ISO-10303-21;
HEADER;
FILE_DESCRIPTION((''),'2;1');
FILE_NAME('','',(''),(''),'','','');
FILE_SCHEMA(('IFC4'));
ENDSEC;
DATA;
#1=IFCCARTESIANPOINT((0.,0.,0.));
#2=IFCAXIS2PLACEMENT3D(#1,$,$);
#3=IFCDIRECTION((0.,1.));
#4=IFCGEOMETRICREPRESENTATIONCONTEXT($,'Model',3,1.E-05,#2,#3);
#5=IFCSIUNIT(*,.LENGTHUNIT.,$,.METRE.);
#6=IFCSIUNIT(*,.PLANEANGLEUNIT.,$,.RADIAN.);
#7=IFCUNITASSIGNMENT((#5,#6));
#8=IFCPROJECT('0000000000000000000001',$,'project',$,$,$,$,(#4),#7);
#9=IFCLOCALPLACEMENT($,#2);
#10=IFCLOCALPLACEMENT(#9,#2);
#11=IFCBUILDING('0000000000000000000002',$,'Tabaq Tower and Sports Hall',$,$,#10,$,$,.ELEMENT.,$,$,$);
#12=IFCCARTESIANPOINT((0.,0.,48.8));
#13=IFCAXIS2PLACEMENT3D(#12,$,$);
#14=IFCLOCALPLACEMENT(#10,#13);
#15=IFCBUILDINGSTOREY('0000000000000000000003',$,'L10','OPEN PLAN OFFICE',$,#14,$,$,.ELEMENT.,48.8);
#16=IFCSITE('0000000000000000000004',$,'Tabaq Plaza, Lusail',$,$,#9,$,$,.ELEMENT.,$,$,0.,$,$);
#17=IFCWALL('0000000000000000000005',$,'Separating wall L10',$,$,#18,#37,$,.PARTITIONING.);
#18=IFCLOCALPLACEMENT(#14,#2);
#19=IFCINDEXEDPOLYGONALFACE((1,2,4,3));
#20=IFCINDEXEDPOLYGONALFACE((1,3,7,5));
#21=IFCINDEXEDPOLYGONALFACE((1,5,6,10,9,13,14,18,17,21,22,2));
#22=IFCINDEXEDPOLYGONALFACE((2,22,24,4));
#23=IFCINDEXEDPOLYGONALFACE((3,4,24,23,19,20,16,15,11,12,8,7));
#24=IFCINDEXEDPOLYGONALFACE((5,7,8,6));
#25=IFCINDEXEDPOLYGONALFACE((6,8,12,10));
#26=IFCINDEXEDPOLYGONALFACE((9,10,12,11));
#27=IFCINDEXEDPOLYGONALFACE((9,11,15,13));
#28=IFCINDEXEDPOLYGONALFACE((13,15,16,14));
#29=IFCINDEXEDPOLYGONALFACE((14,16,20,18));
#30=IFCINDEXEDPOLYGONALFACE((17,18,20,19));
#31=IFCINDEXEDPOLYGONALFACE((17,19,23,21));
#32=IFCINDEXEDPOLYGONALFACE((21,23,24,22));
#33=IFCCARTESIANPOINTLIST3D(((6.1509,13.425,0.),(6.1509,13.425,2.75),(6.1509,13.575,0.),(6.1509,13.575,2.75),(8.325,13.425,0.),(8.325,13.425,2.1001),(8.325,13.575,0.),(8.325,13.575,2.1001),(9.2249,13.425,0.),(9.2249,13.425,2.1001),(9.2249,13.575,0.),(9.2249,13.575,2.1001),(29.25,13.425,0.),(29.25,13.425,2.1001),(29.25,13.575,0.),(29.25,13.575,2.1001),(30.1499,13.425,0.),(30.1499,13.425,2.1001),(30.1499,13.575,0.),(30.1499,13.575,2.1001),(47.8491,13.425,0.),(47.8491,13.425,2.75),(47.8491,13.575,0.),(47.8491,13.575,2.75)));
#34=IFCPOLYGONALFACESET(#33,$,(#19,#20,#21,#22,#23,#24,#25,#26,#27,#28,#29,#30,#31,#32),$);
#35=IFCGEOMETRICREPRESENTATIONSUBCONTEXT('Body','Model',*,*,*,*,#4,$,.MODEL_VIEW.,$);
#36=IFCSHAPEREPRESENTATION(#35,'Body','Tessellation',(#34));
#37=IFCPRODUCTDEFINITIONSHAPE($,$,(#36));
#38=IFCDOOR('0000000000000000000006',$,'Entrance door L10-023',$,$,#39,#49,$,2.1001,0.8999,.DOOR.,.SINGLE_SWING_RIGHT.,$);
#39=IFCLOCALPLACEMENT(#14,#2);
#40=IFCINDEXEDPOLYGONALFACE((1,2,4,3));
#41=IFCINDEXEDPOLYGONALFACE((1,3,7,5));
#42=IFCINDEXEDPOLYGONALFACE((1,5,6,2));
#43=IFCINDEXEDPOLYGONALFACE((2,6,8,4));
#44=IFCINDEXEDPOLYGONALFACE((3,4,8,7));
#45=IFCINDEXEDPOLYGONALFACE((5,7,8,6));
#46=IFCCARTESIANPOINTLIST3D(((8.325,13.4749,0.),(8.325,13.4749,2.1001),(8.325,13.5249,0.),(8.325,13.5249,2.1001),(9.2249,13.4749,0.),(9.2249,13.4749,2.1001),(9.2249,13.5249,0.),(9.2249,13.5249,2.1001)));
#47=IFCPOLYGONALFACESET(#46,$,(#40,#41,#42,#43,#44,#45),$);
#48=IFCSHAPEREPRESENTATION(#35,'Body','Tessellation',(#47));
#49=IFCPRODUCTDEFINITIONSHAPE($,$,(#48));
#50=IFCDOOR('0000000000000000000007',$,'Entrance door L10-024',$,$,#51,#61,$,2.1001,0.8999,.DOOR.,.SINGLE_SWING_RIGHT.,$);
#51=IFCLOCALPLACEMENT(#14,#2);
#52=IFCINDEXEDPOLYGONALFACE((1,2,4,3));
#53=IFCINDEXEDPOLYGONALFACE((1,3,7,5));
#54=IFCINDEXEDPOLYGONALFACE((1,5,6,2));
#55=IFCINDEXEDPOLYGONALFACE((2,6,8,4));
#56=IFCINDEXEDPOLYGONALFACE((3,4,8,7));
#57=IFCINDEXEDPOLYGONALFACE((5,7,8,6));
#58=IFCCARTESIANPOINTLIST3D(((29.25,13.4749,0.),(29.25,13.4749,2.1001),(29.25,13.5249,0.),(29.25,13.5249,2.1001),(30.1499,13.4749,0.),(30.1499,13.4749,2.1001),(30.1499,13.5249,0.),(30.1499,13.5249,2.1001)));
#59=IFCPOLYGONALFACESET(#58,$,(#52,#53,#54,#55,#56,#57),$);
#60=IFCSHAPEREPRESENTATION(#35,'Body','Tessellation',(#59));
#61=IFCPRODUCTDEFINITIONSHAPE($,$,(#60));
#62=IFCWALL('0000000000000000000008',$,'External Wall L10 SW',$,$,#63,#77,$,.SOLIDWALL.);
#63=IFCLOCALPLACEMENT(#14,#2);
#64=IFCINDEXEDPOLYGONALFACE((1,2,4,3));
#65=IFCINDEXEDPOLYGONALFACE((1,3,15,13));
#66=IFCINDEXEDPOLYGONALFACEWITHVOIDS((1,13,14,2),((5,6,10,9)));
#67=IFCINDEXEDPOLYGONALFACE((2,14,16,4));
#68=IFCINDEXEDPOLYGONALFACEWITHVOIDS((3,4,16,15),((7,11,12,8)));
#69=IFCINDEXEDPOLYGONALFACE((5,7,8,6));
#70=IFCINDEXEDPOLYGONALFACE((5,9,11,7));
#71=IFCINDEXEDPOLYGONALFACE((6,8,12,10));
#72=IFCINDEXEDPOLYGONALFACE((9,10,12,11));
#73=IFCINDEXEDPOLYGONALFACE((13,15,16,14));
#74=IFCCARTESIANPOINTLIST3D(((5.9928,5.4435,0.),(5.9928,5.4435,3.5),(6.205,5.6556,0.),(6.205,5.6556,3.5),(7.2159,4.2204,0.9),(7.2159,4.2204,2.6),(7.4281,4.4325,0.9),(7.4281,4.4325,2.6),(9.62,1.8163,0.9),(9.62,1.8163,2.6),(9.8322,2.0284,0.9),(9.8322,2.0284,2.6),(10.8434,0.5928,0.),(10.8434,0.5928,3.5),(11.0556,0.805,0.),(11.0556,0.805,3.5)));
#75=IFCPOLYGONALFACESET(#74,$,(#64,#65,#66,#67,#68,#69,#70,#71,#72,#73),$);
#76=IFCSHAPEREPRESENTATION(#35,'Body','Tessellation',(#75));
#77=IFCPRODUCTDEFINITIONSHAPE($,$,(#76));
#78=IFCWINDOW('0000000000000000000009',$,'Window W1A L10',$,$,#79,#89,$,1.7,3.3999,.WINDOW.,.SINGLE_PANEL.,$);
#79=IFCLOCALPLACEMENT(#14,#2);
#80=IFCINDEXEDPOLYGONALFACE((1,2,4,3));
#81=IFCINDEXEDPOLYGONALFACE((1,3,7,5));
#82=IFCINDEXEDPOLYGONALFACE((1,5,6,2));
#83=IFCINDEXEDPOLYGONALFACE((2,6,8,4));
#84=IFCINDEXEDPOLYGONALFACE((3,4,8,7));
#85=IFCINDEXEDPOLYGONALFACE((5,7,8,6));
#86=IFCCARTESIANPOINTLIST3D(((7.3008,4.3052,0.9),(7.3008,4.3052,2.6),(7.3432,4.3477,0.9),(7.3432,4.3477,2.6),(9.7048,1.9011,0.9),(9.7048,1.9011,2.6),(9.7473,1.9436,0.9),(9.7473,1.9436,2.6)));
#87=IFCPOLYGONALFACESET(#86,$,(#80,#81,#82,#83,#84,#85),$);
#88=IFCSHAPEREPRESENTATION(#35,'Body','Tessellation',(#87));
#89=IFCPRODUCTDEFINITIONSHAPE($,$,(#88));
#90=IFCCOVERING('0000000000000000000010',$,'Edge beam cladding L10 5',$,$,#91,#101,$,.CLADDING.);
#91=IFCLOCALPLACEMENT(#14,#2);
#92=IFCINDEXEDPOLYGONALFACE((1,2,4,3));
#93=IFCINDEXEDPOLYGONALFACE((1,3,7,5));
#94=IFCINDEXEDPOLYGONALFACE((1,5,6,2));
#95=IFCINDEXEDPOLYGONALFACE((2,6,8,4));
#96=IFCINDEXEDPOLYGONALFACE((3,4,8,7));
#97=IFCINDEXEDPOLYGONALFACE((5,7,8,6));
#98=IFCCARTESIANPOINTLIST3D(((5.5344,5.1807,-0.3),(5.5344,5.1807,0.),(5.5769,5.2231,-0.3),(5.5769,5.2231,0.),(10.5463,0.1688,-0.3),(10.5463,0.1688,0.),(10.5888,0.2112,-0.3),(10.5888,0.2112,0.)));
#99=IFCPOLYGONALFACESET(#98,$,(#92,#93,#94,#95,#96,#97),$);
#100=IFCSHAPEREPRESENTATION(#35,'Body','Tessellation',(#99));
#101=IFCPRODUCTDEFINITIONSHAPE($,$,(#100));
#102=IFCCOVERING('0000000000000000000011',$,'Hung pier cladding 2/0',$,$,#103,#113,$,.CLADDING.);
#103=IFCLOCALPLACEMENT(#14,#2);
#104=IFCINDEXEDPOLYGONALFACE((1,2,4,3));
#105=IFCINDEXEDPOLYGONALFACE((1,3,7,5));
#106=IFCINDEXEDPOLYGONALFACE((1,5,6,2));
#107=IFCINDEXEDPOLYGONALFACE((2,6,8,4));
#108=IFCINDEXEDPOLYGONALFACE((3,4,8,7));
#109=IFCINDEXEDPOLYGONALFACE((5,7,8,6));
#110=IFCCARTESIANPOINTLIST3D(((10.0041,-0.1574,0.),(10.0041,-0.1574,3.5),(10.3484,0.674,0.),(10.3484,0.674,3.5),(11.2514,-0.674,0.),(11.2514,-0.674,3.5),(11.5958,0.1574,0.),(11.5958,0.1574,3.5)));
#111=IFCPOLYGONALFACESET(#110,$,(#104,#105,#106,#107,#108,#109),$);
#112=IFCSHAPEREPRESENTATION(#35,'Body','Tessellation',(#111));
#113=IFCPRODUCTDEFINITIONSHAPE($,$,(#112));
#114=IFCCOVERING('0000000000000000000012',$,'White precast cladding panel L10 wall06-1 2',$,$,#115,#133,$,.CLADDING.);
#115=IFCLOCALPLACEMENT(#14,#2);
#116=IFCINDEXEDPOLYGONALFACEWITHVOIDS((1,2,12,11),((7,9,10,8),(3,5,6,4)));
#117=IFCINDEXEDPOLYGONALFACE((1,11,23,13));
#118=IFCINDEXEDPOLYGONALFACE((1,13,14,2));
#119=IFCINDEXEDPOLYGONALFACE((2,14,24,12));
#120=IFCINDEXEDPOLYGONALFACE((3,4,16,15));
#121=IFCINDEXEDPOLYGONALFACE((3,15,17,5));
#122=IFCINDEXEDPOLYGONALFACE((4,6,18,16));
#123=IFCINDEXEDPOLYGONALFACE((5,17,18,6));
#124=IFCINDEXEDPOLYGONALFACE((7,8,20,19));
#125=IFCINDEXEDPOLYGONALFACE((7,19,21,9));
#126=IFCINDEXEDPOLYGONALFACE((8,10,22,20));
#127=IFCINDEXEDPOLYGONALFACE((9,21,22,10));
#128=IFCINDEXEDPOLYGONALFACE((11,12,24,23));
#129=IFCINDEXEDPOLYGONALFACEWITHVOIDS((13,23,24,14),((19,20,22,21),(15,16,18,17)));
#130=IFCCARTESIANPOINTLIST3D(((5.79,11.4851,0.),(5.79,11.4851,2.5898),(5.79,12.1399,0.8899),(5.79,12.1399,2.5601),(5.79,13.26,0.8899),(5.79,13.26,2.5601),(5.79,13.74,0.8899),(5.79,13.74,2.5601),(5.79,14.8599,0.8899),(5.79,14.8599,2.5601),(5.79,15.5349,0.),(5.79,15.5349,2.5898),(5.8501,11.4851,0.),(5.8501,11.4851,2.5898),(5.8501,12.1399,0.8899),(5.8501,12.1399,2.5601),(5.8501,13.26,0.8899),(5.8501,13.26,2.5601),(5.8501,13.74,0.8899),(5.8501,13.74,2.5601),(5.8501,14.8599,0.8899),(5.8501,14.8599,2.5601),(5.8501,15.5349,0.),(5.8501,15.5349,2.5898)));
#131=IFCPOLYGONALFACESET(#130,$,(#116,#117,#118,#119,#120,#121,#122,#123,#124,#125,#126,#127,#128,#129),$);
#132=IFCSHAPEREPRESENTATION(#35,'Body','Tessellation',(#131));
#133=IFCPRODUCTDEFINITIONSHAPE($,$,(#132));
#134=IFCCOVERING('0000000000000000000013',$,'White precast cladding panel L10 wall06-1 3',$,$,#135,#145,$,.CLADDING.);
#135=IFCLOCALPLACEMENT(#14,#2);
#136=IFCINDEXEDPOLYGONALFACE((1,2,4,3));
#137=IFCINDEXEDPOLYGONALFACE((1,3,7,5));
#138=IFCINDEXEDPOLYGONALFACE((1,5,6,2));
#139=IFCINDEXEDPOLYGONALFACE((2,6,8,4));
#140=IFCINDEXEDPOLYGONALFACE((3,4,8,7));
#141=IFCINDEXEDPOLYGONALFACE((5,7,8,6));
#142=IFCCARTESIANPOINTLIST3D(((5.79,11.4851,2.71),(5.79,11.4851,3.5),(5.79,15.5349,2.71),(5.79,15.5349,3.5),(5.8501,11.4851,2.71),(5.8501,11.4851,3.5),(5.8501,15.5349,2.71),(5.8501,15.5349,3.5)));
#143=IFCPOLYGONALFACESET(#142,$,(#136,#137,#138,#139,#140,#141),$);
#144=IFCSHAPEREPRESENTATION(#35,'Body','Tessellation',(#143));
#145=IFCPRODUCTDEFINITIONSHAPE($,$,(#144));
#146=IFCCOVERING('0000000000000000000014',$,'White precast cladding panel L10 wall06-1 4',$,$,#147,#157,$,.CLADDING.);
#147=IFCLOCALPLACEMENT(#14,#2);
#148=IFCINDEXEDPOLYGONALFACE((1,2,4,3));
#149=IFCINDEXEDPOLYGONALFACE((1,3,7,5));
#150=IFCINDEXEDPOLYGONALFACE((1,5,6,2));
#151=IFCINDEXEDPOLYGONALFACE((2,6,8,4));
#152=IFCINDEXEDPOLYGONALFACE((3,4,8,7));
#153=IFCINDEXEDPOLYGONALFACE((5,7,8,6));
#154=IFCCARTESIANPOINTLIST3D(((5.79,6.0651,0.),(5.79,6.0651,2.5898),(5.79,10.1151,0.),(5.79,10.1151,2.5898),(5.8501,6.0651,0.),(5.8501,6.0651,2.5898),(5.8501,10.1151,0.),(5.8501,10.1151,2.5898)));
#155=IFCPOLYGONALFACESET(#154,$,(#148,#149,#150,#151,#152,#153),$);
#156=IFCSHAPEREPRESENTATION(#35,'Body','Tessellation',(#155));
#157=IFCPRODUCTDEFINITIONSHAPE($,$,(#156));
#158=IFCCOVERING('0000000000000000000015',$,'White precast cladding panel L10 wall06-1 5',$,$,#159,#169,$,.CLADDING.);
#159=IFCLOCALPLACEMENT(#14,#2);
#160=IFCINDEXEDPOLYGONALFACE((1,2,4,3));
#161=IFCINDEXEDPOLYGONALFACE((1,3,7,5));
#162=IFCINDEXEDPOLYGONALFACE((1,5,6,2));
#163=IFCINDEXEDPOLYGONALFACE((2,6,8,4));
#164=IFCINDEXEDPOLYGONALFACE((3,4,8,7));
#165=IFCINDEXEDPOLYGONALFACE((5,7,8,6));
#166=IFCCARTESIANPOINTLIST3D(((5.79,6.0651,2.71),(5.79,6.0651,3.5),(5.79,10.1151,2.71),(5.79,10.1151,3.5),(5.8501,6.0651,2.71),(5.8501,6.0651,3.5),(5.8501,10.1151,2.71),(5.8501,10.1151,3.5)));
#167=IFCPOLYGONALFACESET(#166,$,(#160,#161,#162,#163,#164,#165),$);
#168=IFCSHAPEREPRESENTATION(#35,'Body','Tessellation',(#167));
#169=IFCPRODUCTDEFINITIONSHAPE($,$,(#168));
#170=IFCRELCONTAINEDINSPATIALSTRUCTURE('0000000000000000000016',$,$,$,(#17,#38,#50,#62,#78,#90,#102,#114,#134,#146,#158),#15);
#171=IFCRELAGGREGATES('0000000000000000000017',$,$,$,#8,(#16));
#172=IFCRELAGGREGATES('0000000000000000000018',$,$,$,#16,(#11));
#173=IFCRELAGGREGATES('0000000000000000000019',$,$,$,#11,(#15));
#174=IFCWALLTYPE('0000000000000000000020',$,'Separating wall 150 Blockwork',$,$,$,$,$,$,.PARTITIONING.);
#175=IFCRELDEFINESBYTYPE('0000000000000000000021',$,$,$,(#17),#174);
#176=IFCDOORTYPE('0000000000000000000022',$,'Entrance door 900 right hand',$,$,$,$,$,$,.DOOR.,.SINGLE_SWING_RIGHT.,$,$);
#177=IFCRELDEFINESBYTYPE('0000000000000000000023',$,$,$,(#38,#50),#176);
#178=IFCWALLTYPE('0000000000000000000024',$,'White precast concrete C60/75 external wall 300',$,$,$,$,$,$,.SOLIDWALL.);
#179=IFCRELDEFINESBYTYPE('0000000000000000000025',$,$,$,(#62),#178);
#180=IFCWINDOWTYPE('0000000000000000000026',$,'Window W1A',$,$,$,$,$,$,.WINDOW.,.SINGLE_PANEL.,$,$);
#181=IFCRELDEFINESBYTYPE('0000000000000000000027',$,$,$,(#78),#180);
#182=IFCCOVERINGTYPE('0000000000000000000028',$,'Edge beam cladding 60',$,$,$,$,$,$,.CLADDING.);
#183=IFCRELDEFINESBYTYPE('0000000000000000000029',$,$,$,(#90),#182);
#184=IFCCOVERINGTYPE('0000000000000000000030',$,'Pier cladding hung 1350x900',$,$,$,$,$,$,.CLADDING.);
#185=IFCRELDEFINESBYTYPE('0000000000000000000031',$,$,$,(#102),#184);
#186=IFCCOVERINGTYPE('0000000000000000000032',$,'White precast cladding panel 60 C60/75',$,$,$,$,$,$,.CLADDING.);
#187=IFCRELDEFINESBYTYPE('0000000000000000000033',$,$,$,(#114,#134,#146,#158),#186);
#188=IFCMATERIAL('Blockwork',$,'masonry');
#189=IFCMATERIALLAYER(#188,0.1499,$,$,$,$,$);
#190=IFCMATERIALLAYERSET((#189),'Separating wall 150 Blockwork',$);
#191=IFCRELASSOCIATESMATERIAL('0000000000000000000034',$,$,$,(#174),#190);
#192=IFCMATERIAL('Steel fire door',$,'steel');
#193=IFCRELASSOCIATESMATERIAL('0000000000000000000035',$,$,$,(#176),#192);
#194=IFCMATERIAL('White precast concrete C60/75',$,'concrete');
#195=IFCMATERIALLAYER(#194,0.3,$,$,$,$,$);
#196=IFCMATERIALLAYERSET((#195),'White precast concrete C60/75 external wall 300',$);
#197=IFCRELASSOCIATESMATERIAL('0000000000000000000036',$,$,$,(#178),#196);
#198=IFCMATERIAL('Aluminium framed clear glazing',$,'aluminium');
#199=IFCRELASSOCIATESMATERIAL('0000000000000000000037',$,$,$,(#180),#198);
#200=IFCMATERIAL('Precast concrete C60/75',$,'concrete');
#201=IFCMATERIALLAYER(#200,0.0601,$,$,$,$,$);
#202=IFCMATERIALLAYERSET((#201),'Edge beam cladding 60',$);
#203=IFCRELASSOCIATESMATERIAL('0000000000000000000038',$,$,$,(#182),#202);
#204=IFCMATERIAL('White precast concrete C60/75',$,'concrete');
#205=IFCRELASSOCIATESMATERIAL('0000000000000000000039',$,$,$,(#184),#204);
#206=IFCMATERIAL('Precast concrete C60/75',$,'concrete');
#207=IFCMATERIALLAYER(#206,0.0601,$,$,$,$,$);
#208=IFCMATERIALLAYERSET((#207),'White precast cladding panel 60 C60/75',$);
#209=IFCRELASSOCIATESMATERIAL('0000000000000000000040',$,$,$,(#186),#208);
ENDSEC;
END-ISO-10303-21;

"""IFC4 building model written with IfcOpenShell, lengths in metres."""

from ifc_helpers import new_model, si_unit, direction, frame, frame_2d, origin, place, context, subcontext, project, spatial, polyline, rectangle, outline, extrude, material, layer, layer_set, type_object, element, fill, save


model = new_model("IFC4")

# Units and contexts
model_context = context("Model", 3, precision=1e-05, world=origin(), true_north=direction((0.0, 1.0)))
body_context = subcontext(model_context, "Body", "Model", "MODEL_VIEW")
ifc_project = project(units=[si_unit("LENGTHUNIT", "METRE"), si_unit("PLANEANGLEUNIT", "RADIAN")], contexts=[model_context])

# Site, building, storey
site_placement = place(None, origin())
site = spatial("IfcSite", under=ifc_project, at=site_placement, Name="Tabaq Plaza, Lusail", CompositionType="ELEMENT", RefElevation=0.0)
building_placement = place(site_placement, origin())
building = spatial("IfcBuilding", under=site, at=building_placement, Name="Tabaq Tower and Sports Hall", CompositionType="ELEMENT")
storey_placement = place(building_placement, frame((0.0, 0.0, 48.8)))
storey = spatial("IfcBuildingStorey", under=building, at=storey_placement, Name="L10", Description="OPEN PLAN OFFICE", CompositionType="ELEMENT", Elevation=48.8)

# Wall, openings, doors
ifc_material_1 = material(Name="Blockwork", Category="masonry")
ifc_layer_1 = layer(ifc_material_1, 0.1499)
ifc_layer_set_1 = layer_set([ifc_layer_1], Name="Separating wall 150 Blockwork")
wall_type_1 = type_object("IfcWallType", Name="Separating wall 150 Blockwork", PredefinedType="PARTITIONING", material=ifc_layer_set_1)
wall_1_placement = place(storey_placement, frame((6.1509, 13.5, 0.0), z_axis=(0.0, 0.0, 1.0), x_axis=(1.0, 0.0, 0.0)))
wall_1 = element("IfcWall", 1, at=wall_1_placement, inside=storey, type_object=wall_type_1, Name="Separating wall L10", PredefinedType="PARTITIONING", context=body_context, shape_type="SweptSolid", body=[
    extrude(rectangle(XDim=41.6982, YDim=0.1499, at=frame_2d((20.8491, 0.0))), origin(), (0.0, 0.0, 1.0), 2.75),
])
opening_1_placement = place(wall_1_placement, frame((2.1741, 0.0, 0.0)))
opening_1 = element("IfcOpeningElement", 2, at=opening_1_placement, cuts=wall_1, PredefinedType="OPENING", context=body_context, shape_type="SweptSolid", body=[
    extrude(rectangle(XDim=0.8999, YDim=2.1001, at=frame_2d((0.45, 1.05))), frame((0.0, 0.075, 0.0), z_axis=(0.0, -1.0, 0.0), x_axis=(1.0, 0.0, 0.0)), (0.0, 0.0, 1.0), 0.1499),
])
opening_2_placement = place(wall_1_placement, frame((23.0991, 0.0, 0.0)))
opening_2 = element("IfcOpeningElement", 3, at=opening_2_placement, cuts=wall_1, PredefinedType="OPENING", context=body_context, shape_type="SweptSolid", body=[
    extrude(rectangle(XDim=0.8999, YDim=2.1001, at=frame_2d((0.45, 1.05))), frame((0.0, 0.075, 0.0), z_axis=(0.0, -1.0, 0.0), x_axis=(1.0, 0.0, 0.0)), (0.0, 0.0, 1.0), 0.1499),
])
ifc_material_2 = material(Name="Steel fire door", Category="steel")
door_type_1 = type_object("IfcDoorType", Name="Entrance door 900 right hand", OperationType="SINGLE_SWING_RIGHT", PredefinedType="DOOR", material=ifc_material_2)
door_1_placement = place(opening_1_placement, origin())
door_1 = element("IfcDoor", 4, at=door_1_placement, inside=storey, type_object=door_type_1, Name="Entrance door L10-023", OperationType="SINGLE_SWING_RIGHT", OverallHeight=2.1001, OverallWidth=0.8999, PredefinedType="DOOR", context=body_context, shape_type="SweptSolid", body=[
    extrude(rectangle(XDim=0.8999, YDim=2.1001, at=frame_2d((0.45, 1.05))), frame((0.0, 0.0249, 0.0), z_axis=(0.0, -1.0, 0.0), x_axis=(1.0, 0.0, 0.0)), (0.0, 0.0, 1.0), 0.05),
])
fill(opening_1, door_1)
door_2_placement = place(opening_2_placement, origin())
door_2 = element("IfcDoor", 5, at=door_2_placement, inside=storey, type_object=door_type_1, Name="Entrance door L10-024", OperationType="SINGLE_SWING_RIGHT", OverallHeight=2.1001, OverallWidth=0.8999, PredefinedType="DOOR", context=body_context, shape_type="SweptSolid", body=[
    extrude(rectangle(XDim=0.8999, YDim=2.1001, at=frame_2d((0.45, 1.05))), frame((0.0, 0.0249, 0.0), z_axis=(0.0, -1.0, 0.0), x_axis=(1.0, 0.0, 0.0)), (0.0, 0.0, 1.0), 0.05),
])
fill(opening_2, door_2)

# Wall, opening, window
ifc_material_3 = material(Name="White precast concrete C60/75", Category="concrete")
ifc_layer_2 = layer(ifc_material_3, 0.3)
ifc_layer_set_2 = layer_set([ifc_layer_2], Name="White precast concrete C60/75 external wall 300")
wall_type_2 = type_object("IfcWallType", Name="White precast concrete C60/75 external wall 300", PredefinedType="SOLIDWALL", material=ifc_layer_set_2)
wall_2_placement = place(storey_placement, frame((6.0989, 5.5496, 0.0), z_axis=(0.0, 0.0, 1.0), x_axis=(0.707107, -0.707107, 0.0)))
wall_2 = element("IfcWall", 6, at=wall_2_placement, inside=storey, type_object=wall_type_2, Name="External Wall L10 SW", PredefinedType="SOLIDWALL", context=body_context, shape_type="SweptSolid", body=[
    extrude(rectangle(XDim=6.8599, YDim=0.3, at=frame_2d((3.4299, 0.0))), origin(), (0.0, 0.0, 1.0), 3.5),
])
opening_3_placement = place(wall_2_placement, frame((1.7297, 0.0, 0.8999)))
opening_3 = element("IfcOpeningElement", 7, at=opening_3_placement, cuts=wall_2, PredefinedType="OPENING", context=body_context, shape_type="SweptSolid", body=[
    extrude(rectangle(XDim=3.3999, YDim=1.7, at=frame_2d((1.7, 0.8501))), frame((0.0, 0.1602, 0.0), z_axis=(0.0, -1.0, 0.0), x_axis=(1.0, 0.0, 0.0)), (0.0, 0.0, 1.0), 0.3201),
])
ifc_material_4 = material(Name="Aluminium framed clear glazing", Category="aluminium")
window_type = type_object("IfcWindowType", Name="Window W1A", PartitioningType="SINGLE_PANEL", PredefinedType="WINDOW", material=ifc_material_4)
window_placement = place(opening_3_placement, origin())
window = element("IfcWindow", 8, at=window_placement, inside=storey, type_object=window_type, Name="Window W1A L10", OverallHeight=1.7, OverallWidth=3.3999, PartitioningType="SINGLE_PANEL", PredefinedType="WINDOW", context=body_context, shape_type="SweptSolid", body=[
    extrude(rectangle(XDim=3.3999, YDim=1.7, at=frame_2d((1.7, 0.8501))), frame((0.0, 0.03, 0.0), z_axis=(0.0, -1.0, 0.0), x_axis=(1.0, 0.0, 0.0)), (0.0, 0.0, 1.0), 0.0601),
])
fill(opening_3, window)

# Coverings
ifc_material_5 = material(Name="Precast concrete C60/75", Category="concrete")
ifc_layer_3 = layer(ifc_material_5, 0.0601)
ifc_layer_set_3 = layer_set([ifc_layer_3], Name="Edge beam cladding 60")
covering_type_1 = type_object("IfcCoveringType", Name="Edge beam cladding 60", PredefinedType="CLADDING", material=ifc_layer_set_3)
covering_1_placement = place(storey_placement, frame((5.5557, 5.2019, -0.3), z_axis=(0.0, 0.0, 1.0), x_axis=(0.707107, -0.707107, 0.0)))
element("IfcCovering", 9, at=covering_1_placement, inside=storey, type_object=covering_type_1, Name="Edge beam cladding L10 5", PredefinedType="CLADDING", context=body_context, shape_type="SweptSolid", body=[
    extrude(rectangle(XDim=7.0879, YDim=0.0601, at=frame_2d((3.5439, 0.0))), origin(), (0.0, 0.0, 1.0), 0.3),
])
ifc_material_6 = material(Name="White precast concrete C60/75", Category="concrete")
covering_type_2 = type_object("IfcCoveringType", Name="Pier cladding hung 1350x900", PredefinedType="CLADDING", material=ifc_material_6)
covering_2_placement = place(storey_placement, frame((10.1763, 0.2583, 0.0), z_axis=(0.0, 0.0, 1.0), x_axis=(0.923893, -0.38265, 0.0)))
element("IfcCovering", 10, at=covering_2_placement, inside=storey, type_object=covering_type_2, Name="Hung pier cladding 2/0", PredefinedType="CLADDING", context=body_context, shape_type="SweptSolid", body=[
    extrude(rectangle(XDim=1.3501, YDim=0.8999, at=frame_2d((0.675, 0.0))), origin(), (0.0, 0.0, 1.0), 3.5),
])
ifc_material_7 = material(Name="Precast concrete C60/75", Category="concrete")
ifc_layer_4 = layer(ifc_material_7, 0.0601)
ifc_layer_set_4 = layer_set([ifc_layer_4], Name="White precast cladding panel 60 C60/75")
covering_type_3 = type_object("IfcCoveringType", Name="White precast cladding panel 60 C60/75", PredefinedType="CLADDING", material=ifc_layer_set_4)
covering_3_placement = place(storey_placement, frame((5.8201, 15.5349, 0.0), z_axis=(0.0, 0.0, 1.0), x_axis=(0.0, -1.0, 0.0)))
element("IfcCovering", 11, at=covering_3_placement, inside=storey, type_object=covering_type_3, Name="White precast cladding panel L10 wall06-1 2", PredefinedType="CLADDING", context=body_context, shape_type="SweptSolid", body=[
    extrude(outline(polyline([(0.0, 0.0), (4.0498, 0.0), (4.0498, 2.5898), (0.0, 2.5898), (0.0, 0.0)]), holes=[polyline([(0.675, 0.8899), (0.675, 2.5601), (1.7949, 2.5601), (1.7949, 0.8899), (0.675, 0.8899)]), polyline([(2.2749, 0.8899), (2.2749, 2.5601), (3.395, 2.5601), (3.395, 0.8899), (2.2749, 0.8899)])]), frame((0.0, 0.03, 0.0), z_axis=(0.0, -1.0, 0.0), x_axis=(1.0, 0.0, 0.0)), (0.0, 0.0, 1.0), 0.0601),
])
covering_4_placement = place(storey_placement, frame((5.8201, 15.5349, 2.71), z_axis=(0.0, 0.0, 1.0), x_axis=(0.0, -1.0, 0.0)))
element("IfcCovering", 12, at=covering_4_placement, inside=storey, type_object=covering_type_3, Name="White precast cladding panel L10 wall06-1 3", PredefinedType="CLADDING", context=body_context, shape_type="SweptSolid", body=[
    extrude(rectangle(XDim=4.0498, YDim=0.0601, at=frame_2d((2.0249, 0.0))), origin(), (0.0, 0.0, 1.0), 0.79),
])
covering_5_placement = place(storey_placement, frame((5.8201, 10.115, 0.0), z_axis=(0.0, 0.0, 1.0), x_axis=(0.0, -1.0, 0.0)))
element("IfcCovering", 13, at=covering_5_placement, inside=storey, type_object=covering_type_3, Name="White precast cladding panel L10 wall06-1 4", PredefinedType="CLADDING", context=body_context, shape_type="SweptSolid", body=[
    extrude(rectangle(XDim=4.05, YDim=0.0601, at=frame_2d((2.0249, 0.0))), origin(), (0.0, 0.0, 1.0), 2.5898),
])
covering_6_placement = place(storey_placement, frame((5.8201, 10.115, 2.71), z_axis=(0.0, 0.0, 1.0), x_axis=(0.0, -1.0, 0.0)))
element("IfcCovering", 14, at=covering_6_placement, inside=storey, type_object=covering_type_3, Name="White precast cladding panel L10 wall06-1 5", PredefinedType="CLADDING", context=body_context, shape_type="SweptSolid", body=[
    extrude(rectangle(XDim=4.05, YDim=0.0601, at=frame_2d((2.0249, 0.0))), origin(), (0.0, 0.0, 1.0), 0.79),
])

save(model, "model.ifc")
